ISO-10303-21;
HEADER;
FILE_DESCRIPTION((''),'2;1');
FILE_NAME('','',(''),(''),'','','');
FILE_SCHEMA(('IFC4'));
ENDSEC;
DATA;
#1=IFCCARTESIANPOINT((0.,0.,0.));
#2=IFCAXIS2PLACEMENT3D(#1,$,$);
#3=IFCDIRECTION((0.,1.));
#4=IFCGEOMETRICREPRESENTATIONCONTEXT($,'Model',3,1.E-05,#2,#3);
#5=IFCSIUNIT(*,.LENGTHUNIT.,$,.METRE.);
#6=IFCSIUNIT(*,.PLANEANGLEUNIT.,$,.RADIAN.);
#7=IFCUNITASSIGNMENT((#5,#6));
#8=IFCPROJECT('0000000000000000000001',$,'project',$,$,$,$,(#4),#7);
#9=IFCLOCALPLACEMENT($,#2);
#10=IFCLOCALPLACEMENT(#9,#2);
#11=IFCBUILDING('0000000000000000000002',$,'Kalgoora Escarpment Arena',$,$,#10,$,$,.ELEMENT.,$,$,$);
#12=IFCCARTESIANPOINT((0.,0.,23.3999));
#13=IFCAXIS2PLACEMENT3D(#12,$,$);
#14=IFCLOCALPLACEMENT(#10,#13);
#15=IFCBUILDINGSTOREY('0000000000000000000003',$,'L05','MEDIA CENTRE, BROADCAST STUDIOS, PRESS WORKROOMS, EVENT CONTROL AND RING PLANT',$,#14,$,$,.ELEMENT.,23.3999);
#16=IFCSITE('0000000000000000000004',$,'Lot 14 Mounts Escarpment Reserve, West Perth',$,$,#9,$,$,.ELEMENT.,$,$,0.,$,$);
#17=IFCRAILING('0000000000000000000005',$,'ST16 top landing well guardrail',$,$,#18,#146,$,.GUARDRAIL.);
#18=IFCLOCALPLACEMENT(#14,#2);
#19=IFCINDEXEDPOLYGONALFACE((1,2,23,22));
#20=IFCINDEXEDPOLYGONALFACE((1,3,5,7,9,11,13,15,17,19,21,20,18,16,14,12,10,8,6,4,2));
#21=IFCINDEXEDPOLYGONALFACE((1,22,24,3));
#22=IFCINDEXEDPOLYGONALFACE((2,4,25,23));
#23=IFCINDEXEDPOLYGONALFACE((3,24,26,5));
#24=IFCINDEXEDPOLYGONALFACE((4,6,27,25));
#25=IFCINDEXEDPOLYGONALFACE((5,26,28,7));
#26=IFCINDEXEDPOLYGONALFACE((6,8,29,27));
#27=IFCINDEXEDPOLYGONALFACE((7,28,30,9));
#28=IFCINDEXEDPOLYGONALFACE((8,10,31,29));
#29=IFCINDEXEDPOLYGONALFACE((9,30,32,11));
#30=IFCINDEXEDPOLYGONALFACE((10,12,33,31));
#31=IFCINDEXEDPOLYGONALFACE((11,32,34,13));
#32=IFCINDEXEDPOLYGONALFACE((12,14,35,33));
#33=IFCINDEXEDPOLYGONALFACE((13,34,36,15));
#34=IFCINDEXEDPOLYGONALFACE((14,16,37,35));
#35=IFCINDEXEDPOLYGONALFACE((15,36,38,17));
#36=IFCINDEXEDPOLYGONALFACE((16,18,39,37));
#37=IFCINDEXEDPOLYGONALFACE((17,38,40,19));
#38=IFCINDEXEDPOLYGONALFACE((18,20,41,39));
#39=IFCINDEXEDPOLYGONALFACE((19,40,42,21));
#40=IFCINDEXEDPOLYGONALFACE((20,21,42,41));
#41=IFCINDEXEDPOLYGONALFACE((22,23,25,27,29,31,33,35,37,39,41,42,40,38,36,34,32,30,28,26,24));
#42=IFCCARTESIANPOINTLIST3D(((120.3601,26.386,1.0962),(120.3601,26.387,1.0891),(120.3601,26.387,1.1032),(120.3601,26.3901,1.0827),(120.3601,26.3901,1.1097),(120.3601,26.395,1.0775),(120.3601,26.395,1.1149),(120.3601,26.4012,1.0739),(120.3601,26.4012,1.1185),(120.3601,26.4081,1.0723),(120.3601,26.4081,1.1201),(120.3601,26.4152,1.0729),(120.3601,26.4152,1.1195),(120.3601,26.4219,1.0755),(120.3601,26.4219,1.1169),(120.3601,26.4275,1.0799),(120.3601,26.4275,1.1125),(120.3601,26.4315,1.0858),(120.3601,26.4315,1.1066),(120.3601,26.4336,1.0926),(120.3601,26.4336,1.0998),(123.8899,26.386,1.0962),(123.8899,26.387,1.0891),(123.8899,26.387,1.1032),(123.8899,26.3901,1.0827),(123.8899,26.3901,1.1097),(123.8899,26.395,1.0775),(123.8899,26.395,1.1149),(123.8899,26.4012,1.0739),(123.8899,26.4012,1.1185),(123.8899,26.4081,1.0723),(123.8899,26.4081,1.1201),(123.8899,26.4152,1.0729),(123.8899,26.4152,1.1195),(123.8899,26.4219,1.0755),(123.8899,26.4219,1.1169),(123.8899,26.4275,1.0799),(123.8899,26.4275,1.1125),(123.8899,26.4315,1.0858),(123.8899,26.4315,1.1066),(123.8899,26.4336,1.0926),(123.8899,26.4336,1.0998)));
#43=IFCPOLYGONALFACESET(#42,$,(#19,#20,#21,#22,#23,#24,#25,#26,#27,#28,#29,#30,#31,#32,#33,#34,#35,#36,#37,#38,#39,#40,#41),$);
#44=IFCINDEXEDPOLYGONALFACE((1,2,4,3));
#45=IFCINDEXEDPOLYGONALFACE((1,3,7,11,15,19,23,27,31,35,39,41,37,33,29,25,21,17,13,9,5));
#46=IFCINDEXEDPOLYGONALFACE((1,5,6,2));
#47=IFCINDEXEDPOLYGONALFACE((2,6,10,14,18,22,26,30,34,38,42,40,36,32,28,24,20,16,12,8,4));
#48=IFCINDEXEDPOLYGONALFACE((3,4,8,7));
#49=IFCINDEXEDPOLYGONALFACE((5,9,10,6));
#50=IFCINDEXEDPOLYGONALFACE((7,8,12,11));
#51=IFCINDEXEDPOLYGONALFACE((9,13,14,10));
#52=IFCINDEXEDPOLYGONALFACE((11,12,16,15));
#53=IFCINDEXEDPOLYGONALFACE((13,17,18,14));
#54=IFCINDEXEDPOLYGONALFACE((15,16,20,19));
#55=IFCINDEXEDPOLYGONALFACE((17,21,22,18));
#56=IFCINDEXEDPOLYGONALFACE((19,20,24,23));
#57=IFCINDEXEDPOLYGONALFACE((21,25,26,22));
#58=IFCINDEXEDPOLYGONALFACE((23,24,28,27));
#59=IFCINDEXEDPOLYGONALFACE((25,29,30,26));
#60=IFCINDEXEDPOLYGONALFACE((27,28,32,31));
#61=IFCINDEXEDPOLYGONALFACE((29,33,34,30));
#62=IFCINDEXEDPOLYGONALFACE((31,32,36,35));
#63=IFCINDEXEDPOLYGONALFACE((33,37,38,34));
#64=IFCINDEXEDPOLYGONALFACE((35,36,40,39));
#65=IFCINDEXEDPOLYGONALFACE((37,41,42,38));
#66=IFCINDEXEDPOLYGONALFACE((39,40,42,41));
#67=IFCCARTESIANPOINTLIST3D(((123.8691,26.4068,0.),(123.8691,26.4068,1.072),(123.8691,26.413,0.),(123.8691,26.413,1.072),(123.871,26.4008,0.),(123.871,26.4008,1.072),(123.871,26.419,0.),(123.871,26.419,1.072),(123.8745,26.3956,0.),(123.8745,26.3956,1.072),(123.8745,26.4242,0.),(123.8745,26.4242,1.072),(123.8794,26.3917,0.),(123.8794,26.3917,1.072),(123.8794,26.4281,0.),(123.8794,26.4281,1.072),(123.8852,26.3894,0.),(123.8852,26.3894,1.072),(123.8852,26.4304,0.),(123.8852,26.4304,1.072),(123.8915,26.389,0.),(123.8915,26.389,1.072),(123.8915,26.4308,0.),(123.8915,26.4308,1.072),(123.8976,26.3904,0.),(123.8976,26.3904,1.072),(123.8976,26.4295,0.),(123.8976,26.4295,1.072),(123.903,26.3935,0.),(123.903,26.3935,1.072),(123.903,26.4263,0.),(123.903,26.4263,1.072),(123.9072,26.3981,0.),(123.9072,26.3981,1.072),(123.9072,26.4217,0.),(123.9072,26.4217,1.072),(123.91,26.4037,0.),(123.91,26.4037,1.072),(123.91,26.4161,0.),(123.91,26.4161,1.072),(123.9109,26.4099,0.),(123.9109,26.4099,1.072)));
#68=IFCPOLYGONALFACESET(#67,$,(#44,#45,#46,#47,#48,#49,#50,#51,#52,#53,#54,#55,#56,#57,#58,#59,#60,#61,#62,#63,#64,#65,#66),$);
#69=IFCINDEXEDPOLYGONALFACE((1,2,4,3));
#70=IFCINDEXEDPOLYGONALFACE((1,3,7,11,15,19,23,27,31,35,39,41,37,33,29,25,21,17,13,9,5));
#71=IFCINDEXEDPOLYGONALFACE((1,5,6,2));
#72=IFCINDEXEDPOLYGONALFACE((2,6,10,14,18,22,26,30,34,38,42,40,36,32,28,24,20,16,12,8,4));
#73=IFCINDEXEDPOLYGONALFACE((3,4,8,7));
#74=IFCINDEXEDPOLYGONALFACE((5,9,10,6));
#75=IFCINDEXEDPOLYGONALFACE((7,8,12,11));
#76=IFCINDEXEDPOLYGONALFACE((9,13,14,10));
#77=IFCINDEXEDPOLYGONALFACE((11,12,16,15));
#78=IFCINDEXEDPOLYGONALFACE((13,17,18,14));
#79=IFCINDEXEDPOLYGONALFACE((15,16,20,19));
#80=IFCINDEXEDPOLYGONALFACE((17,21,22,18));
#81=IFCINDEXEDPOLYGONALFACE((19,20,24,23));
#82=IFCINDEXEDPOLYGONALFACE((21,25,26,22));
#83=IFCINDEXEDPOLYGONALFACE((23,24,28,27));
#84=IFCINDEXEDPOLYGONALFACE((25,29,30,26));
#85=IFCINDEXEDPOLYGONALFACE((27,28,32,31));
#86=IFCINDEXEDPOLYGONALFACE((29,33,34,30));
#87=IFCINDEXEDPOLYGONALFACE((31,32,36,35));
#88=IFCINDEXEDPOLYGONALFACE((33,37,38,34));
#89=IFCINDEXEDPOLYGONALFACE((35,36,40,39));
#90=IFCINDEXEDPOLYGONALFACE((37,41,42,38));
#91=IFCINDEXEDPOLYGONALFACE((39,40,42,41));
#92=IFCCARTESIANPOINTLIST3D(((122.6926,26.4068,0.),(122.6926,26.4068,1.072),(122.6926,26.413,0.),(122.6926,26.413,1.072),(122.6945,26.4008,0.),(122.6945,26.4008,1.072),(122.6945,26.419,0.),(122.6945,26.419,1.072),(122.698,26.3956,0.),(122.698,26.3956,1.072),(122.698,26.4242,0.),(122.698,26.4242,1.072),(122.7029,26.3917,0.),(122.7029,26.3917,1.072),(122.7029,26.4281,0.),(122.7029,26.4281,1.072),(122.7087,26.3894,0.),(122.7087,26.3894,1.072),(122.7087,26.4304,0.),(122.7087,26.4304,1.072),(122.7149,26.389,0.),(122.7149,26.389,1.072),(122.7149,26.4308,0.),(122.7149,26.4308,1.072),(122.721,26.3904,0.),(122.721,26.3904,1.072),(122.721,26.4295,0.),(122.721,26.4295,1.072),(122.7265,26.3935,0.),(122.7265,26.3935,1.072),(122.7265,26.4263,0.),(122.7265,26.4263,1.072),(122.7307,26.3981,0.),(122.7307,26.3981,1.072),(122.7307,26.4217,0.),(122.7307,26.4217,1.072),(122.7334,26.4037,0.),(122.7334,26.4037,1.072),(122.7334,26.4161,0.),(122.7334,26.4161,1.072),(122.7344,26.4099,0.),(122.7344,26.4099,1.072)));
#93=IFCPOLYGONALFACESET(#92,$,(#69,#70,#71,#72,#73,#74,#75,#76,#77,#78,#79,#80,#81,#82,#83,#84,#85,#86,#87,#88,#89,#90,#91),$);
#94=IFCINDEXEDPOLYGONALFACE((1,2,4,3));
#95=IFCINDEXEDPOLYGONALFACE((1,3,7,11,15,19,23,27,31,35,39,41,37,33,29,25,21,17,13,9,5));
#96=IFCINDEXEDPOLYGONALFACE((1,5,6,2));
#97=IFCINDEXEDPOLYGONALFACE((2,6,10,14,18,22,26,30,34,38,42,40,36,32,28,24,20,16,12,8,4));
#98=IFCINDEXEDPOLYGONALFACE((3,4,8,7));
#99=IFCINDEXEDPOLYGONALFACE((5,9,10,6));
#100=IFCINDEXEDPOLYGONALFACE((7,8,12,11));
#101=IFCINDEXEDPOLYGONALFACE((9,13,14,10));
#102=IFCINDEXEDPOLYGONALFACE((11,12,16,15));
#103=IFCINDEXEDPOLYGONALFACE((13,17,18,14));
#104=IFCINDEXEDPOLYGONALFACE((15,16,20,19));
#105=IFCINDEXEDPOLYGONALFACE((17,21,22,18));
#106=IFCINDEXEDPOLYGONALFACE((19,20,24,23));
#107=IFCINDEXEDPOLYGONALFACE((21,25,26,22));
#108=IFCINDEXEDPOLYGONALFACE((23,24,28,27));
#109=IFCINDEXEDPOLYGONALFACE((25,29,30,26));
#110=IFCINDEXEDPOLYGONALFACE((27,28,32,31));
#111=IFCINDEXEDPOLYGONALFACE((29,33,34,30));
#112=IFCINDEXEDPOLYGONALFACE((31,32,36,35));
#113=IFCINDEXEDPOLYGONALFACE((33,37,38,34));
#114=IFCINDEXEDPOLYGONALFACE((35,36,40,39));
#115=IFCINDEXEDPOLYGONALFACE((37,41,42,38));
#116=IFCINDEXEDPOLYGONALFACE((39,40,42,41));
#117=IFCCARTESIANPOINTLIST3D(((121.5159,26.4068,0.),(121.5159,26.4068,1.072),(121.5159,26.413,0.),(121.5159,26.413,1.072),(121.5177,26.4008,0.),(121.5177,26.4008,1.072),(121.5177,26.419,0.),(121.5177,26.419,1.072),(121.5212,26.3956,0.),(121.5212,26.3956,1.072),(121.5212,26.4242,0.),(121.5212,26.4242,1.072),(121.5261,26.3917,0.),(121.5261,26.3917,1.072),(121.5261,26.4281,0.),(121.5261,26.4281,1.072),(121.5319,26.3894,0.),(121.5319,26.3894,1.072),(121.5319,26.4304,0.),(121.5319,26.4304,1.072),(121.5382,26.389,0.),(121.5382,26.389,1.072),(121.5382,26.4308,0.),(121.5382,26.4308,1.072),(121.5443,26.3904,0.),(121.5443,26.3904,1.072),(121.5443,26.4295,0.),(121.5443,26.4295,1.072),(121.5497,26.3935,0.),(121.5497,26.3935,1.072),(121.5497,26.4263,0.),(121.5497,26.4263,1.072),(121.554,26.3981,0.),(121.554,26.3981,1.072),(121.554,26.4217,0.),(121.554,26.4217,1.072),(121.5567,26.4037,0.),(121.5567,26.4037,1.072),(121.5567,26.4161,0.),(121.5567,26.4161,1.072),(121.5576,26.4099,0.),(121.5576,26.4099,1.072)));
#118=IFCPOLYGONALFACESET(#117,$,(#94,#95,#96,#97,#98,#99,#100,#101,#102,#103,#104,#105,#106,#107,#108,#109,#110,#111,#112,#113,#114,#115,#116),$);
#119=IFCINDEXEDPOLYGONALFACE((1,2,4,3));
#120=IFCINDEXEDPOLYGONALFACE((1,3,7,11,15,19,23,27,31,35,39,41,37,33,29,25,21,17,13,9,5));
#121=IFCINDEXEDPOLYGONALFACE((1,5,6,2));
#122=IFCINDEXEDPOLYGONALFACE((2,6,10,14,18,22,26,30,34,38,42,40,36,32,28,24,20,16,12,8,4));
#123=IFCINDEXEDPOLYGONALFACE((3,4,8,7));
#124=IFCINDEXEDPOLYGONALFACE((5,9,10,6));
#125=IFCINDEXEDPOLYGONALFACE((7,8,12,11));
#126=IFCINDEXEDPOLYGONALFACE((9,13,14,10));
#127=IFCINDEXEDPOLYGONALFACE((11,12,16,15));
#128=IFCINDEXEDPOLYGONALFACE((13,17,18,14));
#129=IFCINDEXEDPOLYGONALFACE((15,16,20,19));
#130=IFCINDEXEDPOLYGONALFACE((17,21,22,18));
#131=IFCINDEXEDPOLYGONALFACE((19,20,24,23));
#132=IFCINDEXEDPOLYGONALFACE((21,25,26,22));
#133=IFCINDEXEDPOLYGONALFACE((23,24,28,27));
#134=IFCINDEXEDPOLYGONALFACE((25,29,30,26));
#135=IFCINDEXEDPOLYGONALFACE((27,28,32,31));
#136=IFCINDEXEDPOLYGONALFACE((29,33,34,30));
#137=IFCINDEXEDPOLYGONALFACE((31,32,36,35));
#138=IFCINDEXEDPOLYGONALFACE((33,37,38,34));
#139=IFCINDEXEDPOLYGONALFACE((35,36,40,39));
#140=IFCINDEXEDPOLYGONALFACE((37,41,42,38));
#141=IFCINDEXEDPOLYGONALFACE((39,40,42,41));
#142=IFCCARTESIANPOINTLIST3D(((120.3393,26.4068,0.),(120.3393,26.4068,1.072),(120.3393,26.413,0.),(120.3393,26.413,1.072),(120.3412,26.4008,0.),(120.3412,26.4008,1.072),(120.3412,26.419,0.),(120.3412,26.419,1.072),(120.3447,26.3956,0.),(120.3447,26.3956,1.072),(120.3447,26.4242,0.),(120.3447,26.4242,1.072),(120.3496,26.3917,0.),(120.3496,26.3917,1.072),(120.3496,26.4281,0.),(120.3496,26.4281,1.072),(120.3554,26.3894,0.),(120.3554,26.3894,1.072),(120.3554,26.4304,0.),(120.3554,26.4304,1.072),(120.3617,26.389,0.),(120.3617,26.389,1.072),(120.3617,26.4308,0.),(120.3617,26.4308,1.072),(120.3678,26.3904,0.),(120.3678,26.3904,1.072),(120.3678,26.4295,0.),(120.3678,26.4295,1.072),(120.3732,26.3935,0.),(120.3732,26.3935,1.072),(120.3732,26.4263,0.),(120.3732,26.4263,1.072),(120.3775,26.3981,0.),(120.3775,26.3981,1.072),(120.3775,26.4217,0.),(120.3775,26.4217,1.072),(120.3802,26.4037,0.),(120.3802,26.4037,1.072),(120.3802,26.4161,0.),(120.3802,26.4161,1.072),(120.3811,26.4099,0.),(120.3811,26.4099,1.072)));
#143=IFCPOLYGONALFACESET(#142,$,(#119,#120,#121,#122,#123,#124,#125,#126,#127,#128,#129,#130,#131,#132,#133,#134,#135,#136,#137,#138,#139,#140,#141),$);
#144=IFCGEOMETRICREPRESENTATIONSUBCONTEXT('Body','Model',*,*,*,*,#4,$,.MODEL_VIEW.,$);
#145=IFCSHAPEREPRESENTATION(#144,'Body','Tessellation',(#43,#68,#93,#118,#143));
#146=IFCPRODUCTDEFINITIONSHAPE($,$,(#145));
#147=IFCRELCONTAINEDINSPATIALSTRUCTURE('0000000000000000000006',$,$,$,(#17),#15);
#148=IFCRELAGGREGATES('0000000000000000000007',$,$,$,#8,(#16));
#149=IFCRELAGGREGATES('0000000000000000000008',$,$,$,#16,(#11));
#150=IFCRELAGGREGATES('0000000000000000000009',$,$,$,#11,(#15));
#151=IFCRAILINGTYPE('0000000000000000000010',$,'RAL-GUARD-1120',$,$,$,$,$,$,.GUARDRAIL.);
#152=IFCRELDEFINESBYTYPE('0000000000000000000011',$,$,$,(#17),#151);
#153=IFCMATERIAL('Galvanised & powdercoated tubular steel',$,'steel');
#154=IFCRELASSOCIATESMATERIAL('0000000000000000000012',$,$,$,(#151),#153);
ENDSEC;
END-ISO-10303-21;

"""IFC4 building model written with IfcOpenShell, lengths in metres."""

from ifc_helpers import new_model, si_unit, direction, frame, origin, origin_2d, place, context, subcontext, project, spatial, circle, extrude, material, type_object, element, save


model = new_model("IFC4")

# Units and contexts
model_context = context("Model", 3, precision=1e-05, world=origin(), true_north=direction((0.0, 1.0)))
body_context = subcontext(model_context, "Body", "Model", "MODEL_VIEW")
ifc_project = project(units=[si_unit("LENGTHUNIT", "METRE"), si_unit("PLANEANGLEUNIT", "RADIAN")], contexts=[model_context])

# Site, building, storey
site_placement = place(None, origin())
site = spatial("IfcSite", under=ifc_project, at=site_placement, Name="Lot 14 Mounts Escarpment Reserve, West Perth", CompositionType="ELEMENT", RefElevation=0.0)
building_placement = place(site_placement, origin())
building = spatial("IfcBuilding", under=site, at=building_placement, Name="Kalgoora Escarpment Arena", CompositionType="ELEMENT")
storey_placement = place(building_placement, frame((0.0, 0.0, 23.3999)))
storey = spatial("IfcBuildingStorey", under=building, at=storey_placement, Name="L05", Description="MEDIA CENTRE, BROADCAST STUDIOS, PRESS WORKROOMS, EVENT CONTROL AND RING PLANT", CompositionType="ELEMENT", Elevation=23.3999)

# Railing
ifc_material_1 = material(Name="Galvanised & powdercoated tubular steel", Category="steel")
railing_type = type_object("IfcRailingType", Name="RAL-GUARD-1120", PredefinedType="GUARDRAIL", material=ifc_material_1)
railing_1_placement = place(storey_placement, frame((123.8899, 26.4099, 0.0)))
element("IfcRailing", 1, at=railing_1_placement, inside=storey, type_object=railing_type, Name="ST16 top landing well guardrail", PredefinedType="GUARDRAIL", context=body_context, shape_type="SweptSolid", body=[
    extrude(circle(Radius=0.0239, at=origin_2d()), frame((0.0, 0.0, 1.0962), z_axis=(-1.0, 0.0, 0.0), x_axis=(0.0, -1.0, 0.0)), (0.0, 0.0, 1.0), 3.5298),
    extrude(circle(Radius=0.021, at=origin_2d()), origin(), (0.0, 0.0, 1.0), 1.072),
    extrude(circle(Radius=0.021, at=origin_2d()), frame((-1.1765, 0.0, 0.0)), (0.0, 0.0, 1.0), 1.072),
    extrude(circle(Radius=0.021, at=origin_2d()), frame((-2.3533, 0.0, 0.0)), (0.0, 0.0, 1.0), 1.072),
    extrude(circle(Radius=0.021, at=origin_2d()), frame((-3.5298, 0.0, 0.0)), (0.0, 0.0, 1.0), 1.072),
])

save(model, "model.ifc")
